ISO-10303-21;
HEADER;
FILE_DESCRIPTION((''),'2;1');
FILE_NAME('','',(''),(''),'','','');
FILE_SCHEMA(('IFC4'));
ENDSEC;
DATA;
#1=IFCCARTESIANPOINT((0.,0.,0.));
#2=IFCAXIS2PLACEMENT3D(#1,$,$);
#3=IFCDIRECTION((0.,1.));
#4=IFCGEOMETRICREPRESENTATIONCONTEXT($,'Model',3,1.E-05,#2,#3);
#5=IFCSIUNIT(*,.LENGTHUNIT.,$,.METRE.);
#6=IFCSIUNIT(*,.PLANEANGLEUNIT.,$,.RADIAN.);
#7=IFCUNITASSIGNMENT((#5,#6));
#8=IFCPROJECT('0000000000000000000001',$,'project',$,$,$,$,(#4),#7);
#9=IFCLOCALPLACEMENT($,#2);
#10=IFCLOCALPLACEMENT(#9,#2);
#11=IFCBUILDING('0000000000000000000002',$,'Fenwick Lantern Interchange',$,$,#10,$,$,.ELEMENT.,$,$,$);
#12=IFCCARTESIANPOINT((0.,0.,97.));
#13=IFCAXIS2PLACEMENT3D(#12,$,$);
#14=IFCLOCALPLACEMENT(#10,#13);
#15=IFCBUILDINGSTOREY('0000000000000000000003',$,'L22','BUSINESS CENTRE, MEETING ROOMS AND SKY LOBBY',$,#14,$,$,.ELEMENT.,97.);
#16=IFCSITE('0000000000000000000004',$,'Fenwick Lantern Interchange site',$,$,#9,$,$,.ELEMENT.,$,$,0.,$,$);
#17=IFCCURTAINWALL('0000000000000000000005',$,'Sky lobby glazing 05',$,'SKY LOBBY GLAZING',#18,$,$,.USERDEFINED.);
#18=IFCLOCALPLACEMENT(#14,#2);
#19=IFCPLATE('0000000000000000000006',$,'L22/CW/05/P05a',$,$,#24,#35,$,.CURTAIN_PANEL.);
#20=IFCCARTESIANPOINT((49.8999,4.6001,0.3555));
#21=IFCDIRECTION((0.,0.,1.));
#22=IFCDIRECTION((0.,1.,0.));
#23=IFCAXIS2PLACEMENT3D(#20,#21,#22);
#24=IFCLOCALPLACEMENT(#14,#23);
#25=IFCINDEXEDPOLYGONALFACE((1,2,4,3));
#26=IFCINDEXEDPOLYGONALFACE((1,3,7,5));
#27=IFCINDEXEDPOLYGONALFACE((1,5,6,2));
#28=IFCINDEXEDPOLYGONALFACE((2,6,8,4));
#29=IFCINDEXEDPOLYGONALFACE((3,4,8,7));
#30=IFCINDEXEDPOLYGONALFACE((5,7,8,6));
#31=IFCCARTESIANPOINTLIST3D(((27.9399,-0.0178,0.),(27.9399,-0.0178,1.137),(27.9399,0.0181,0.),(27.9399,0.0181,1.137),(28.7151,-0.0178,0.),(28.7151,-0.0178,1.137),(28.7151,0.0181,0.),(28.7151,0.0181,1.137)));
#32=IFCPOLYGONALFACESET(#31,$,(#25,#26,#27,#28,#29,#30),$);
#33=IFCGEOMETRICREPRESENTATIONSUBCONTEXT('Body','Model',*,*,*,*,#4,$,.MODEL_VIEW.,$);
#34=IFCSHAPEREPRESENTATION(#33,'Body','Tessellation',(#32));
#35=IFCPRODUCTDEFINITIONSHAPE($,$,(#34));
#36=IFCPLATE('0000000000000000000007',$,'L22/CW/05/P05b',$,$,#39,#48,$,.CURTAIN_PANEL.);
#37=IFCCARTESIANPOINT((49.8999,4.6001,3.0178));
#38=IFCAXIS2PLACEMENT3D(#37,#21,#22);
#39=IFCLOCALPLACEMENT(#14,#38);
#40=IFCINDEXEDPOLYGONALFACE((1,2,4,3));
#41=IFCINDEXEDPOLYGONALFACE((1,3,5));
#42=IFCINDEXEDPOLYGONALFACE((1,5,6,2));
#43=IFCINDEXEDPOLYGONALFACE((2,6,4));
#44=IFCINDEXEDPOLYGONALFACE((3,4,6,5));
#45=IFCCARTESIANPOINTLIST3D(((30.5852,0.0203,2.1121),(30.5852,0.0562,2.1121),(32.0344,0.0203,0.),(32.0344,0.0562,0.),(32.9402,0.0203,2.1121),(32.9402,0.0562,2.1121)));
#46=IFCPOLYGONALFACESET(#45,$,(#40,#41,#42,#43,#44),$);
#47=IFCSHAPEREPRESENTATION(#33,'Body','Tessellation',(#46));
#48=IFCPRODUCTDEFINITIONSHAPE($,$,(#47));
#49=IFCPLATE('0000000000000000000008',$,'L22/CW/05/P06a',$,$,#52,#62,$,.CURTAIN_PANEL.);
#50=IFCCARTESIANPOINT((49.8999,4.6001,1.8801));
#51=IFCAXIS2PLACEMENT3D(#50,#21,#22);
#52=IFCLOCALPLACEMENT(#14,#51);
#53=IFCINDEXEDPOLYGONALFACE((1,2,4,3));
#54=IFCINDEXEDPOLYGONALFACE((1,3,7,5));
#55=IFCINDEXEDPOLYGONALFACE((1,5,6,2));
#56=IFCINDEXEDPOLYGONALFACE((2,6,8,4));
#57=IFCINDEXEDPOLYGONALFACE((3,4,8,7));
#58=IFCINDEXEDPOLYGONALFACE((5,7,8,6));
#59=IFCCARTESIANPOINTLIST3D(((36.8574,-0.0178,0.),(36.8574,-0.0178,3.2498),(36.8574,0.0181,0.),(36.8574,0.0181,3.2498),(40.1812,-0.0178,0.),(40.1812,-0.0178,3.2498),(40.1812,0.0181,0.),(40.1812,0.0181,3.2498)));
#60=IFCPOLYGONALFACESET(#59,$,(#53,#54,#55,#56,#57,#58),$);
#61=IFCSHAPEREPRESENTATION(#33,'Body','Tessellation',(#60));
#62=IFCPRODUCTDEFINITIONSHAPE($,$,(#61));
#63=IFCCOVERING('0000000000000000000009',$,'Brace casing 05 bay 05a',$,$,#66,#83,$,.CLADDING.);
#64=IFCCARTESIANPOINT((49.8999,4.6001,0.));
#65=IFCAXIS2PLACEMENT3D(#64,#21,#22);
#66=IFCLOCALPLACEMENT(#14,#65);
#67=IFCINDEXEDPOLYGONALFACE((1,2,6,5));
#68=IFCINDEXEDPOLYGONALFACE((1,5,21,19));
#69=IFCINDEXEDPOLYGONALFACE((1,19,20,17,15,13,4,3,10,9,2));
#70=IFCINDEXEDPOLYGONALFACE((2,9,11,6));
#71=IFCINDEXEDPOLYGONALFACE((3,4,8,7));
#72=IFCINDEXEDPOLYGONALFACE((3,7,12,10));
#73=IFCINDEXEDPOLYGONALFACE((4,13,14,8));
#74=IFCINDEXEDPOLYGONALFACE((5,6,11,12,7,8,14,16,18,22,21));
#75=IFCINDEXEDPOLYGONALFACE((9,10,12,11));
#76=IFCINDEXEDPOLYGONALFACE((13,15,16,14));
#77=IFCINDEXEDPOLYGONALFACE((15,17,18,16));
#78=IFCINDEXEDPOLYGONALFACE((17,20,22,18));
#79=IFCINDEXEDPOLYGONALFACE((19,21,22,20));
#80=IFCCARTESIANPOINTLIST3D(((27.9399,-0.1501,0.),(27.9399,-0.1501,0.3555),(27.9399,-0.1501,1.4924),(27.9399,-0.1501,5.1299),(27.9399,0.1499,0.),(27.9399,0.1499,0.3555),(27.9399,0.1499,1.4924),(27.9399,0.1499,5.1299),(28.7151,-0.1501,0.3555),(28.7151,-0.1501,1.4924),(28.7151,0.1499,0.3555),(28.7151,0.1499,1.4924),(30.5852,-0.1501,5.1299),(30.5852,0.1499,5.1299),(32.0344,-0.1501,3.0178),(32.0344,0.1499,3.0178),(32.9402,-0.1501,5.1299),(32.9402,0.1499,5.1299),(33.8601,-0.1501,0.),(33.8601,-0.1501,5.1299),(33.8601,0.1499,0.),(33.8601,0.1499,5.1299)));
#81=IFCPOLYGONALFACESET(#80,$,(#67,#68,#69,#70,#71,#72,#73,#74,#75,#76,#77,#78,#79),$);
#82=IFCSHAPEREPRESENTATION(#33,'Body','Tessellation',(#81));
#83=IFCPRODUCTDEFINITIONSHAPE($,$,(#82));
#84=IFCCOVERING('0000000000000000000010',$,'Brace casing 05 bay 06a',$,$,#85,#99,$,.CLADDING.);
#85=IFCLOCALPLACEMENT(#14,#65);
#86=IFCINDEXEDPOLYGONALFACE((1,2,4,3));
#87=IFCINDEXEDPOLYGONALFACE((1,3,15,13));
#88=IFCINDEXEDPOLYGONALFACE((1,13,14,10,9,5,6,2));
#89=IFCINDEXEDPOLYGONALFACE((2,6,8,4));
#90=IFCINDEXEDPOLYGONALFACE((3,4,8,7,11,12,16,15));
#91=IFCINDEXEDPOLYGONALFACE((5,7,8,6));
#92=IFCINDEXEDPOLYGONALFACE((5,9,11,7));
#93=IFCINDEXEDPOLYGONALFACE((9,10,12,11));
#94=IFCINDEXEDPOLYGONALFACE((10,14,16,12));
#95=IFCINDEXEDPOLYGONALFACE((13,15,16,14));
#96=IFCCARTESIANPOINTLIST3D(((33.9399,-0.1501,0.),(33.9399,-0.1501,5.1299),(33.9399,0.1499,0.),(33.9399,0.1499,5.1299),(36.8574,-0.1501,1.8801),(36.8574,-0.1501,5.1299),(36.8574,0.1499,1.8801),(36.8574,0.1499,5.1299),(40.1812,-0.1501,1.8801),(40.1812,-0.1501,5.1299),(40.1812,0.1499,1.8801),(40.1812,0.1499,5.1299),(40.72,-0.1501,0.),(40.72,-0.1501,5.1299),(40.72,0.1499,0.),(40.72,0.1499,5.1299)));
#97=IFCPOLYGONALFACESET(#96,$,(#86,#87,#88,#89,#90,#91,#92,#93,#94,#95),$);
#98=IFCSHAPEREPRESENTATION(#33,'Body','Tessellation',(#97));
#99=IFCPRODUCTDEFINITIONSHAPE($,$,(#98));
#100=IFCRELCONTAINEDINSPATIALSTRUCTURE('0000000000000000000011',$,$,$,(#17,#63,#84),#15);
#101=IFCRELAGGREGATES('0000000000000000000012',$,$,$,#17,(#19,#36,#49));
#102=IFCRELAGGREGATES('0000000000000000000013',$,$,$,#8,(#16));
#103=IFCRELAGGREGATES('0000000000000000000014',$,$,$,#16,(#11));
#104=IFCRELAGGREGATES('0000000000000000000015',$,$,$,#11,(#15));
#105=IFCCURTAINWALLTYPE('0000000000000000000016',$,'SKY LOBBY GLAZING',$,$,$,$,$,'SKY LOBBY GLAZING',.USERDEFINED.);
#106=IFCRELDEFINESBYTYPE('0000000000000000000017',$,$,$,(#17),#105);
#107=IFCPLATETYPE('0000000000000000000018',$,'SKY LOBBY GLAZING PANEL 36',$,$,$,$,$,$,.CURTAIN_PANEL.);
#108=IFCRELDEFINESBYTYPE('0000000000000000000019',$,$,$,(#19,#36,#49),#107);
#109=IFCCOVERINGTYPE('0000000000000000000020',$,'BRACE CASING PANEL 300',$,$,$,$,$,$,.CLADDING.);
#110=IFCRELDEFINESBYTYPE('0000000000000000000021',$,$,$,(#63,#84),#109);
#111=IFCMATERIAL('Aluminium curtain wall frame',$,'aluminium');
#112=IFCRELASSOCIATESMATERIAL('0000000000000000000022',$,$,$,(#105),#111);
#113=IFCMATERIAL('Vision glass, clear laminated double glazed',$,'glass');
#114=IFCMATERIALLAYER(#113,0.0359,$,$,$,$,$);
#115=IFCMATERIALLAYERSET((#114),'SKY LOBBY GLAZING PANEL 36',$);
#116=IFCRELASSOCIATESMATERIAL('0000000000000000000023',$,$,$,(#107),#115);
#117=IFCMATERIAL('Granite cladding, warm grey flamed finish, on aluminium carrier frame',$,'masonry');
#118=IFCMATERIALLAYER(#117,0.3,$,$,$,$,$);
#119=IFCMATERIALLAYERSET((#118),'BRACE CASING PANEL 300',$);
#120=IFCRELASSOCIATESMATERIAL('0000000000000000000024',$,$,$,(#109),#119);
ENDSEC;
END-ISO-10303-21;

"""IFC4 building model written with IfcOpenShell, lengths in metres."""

from ifc_helpers import new_model, si_unit, direction, frame, origin, place, context, subcontext, project, spatial, polyline, outline, extrude, material, layer, layer_set, type_object, element, aggregate, save


model = new_model("IFC4")

# Units and contexts
model_context = context("Model", 3, precision=1e-05, world=origin(), true_north=direction((0.0, 1.0)))
body_context = subcontext(model_context, "Body", "Model", "MODEL_VIEW")
ifc_project = project(units=[si_unit("LENGTHUNIT", "METRE"), si_unit("PLANEANGLEUNIT", "RADIAN")], contexts=[model_context])

# Site, building, storey
site_placement = place(None, origin())
site = spatial("IfcSite", under=ifc_project, at=site_placement, Name="Fenwick Lantern Interchange site", CompositionType="ELEMENT", RefElevation=0.0)
building_placement = place(site_placement, origin())
building = spatial("IfcBuilding", under=site, at=building_placement, Name="Fenwick Lantern Interchange", CompositionType="ELEMENT")
storey_placement = place(building_placement, frame((0.0, 0.0, 97.0)))
storey = spatial("IfcBuildingStorey", under=building, at=storey_placement, Name="L22", Description="BUSINESS CENTRE, MEETING ROOMS AND SKY LOBBY", CompositionType="ELEMENT", Elevation=97.0)

# Curtain wall
ifc_material_1 = material(Name="Aluminium curtain wall frame", Category="aluminium")
curtain_wall_type = type_object("IfcCurtainWallType", Name="SKY LOBBY GLAZING", ElementType="SKY LOBBY GLAZING", PredefinedType="USERDEFINED", material=ifc_material_1)
curtain_wall_placement = place(storey_placement, origin())
curtain_wall = element("IfcCurtainWall", 1, at=curtain_wall_placement, inside=storey, type_object=curtain_wall_type, Name="Sky lobby glazing 05", ObjectType="SKY LOBBY GLAZING", PredefinedType="USERDEFINED")

# Plates
ifc_material_2 = material(Name="Vision glass, clear laminated double glazed", Category="glass")
ifc_layer_1 = layer(ifc_material_2, 0.0359)
ifc_layer_set_1 = layer_set([ifc_layer_1], Name="SKY LOBBY GLAZING PANEL 36")
plate_type = type_object("IfcPlateType", Name="SKY LOBBY GLAZING PANEL 36", PredefinedType="CURTAIN_PANEL", material=ifc_layer_set_1)
plate_1_placement = place(storey_placement, frame((49.8999, 4.6001, 0.3555), z_axis=(0.0, 0.0, 1.0), x_axis=(0.0, 1.0, 0.0)))
plate_1 = element("IfcPlate", 2, at=plate_1_placement, type_object=plate_type, Name="L22/CW/05/P05a", PredefinedType="CURTAIN_PANEL", context=body_context, shape_type="SweptSolid", body=[
    extrude(outline(polyline([(27.9399, 0.0), (28.7151, 0.0), (28.7151, 1.137), (27.9399, 1.137), (27.9399, 0.0)])), frame((0.0, 0.0181, 0.0), z_axis=(0.0, -1.0, 0.0), x_axis=(1.0, 0.0, 0.0)), (0.0, 0.0, 1.0), 0.0359),
])
plate_2_placement = place(storey_placement, frame((49.8999, 4.6001, 3.0178), z_axis=(0.0, 0.0, 1.0), x_axis=(0.0, 1.0, 0.0)))
plate_2 = element("IfcPlate", 3, at=plate_2_placement, type_object=plate_type, Name="L22/CW/05/P05b", PredefinedType="CURTAIN_PANEL", context=body_context, shape_type="SweptSolid", body=[
    extrude(outline(polyline([(32.0344, 0.0), (32.9402, 2.1121), (30.5852, 2.1121), (32.0344, 0.0)])), frame((0.0, 0.0562, 0.0), z_axis=(0.0, -1.0, 0.0), x_axis=(1.0, 0.0, 0.0)), (0.0, 0.0, 1.0), 0.0359),
])
plate_3_placement = place(storey_placement, frame((49.8999, 4.6001, 1.8801), z_axis=(0.0, 0.0, 1.0), x_axis=(0.0, 1.0, 0.0)))
plate_3 = element("IfcPlate", 4, at=plate_3_placement, type_object=plate_type, Name="L22/CW/05/P06a", PredefinedType="CURTAIN_PANEL", context=body_context, shape_type="SweptSolid", body=[
    extrude(outline(polyline([(36.8574, 0.0), (40.1812, 0.0), (40.1812, 3.2498), (36.8574, 3.2498), (36.8574, 0.0)])), frame((0.0, 0.0181, 0.0), z_axis=(0.0, -1.0, 0.0), x_axis=(1.0, 0.0, 0.0)), (0.0, 0.0, 1.0), 0.0359),
])
aggregate(curtain_wall, [plate_1, plate_2, plate_3])

# Coverings
ifc_material_3 = material(Name="Granite cladding, warm grey flamed finish, on aluminium carrier frame", Category="masonry")
ifc_layer_2 = layer(ifc_material_3, 0.3)
ifc_layer_set_2 = layer_set([ifc_layer_2], Name="BRACE CASING PANEL 300")
covering_type = type_object("IfcCoveringType", Name="BRACE CASING PANEL 300", PredefinedType="CLADDING", material=ifc_layer_set_2)
covering_1_placement = place(storey_placement, frame((49.8999, 4.6001, 0.0), z_axis=(0.0, 0.0, 1.0), x_axis=(0.0, 1.0, 0.0)))
element("IfcCovering", 5, at=covering_1_placement, inside=storey, type_object=covering_type, Name="Brace casing 05 bay 05a", PredefinedType="CLADDING", context=body_context, shape_type="SweptSolid", body=[
    extrude(outline(polyline([(27.9399, 0.0), (33.8601, 0.0), (33.8601, 5.1299), (32.9402, 5.1299), (32.0344, 3.0178), (30.5852, 5.1299), (27.9399, 5.1299), (27.9399, 1.4924), (28.7151, 1.4924), (28.7151, 0.3555), (27.9399, 0.3555), (27.9399, 0.0)])), frame((0.0, 0.1499, 0.0), z_axis=(0.0, -1.0, 0.0), x_axis=(1.0, 0.0, 0.0)), (0.0, 0.0, 1.0), 0.3),
])
covering_2_placement = place(storey_placement, frame((49.8999, 4.6001, 0.0), z_axis=(0.0, 0.0, 1.0), x_axis=(0.0, 1.0, 0.0)))
element("IfcCovering", 6, at=covering_2_placement, inside=storey, type_object=covering_type, Name="Brace casing 05 bay 06a", PredefinedType="CLADDING", context=body_context, shape_type="SweptSolid", body=[
    extrude(outline(polyline([(33.9399, 0.0), (40.72, 0.0), (40.72, 5.1299), (40.1812, 5.1299), (40.1812, 1.8801), (36.8574, 1.8801), (36.8574, 5.1299), (33.9399, 5.1299), (33.9399, 0.0)])), frame((0.0, 0.1499, 0.0), z_axis=(0.0, -1.0, 0.0), x_axis=(1.0, 0.0, 0.0)), (0.0, 0.0, 1.0), 0.3),
])

save(model, "model.ifc")
